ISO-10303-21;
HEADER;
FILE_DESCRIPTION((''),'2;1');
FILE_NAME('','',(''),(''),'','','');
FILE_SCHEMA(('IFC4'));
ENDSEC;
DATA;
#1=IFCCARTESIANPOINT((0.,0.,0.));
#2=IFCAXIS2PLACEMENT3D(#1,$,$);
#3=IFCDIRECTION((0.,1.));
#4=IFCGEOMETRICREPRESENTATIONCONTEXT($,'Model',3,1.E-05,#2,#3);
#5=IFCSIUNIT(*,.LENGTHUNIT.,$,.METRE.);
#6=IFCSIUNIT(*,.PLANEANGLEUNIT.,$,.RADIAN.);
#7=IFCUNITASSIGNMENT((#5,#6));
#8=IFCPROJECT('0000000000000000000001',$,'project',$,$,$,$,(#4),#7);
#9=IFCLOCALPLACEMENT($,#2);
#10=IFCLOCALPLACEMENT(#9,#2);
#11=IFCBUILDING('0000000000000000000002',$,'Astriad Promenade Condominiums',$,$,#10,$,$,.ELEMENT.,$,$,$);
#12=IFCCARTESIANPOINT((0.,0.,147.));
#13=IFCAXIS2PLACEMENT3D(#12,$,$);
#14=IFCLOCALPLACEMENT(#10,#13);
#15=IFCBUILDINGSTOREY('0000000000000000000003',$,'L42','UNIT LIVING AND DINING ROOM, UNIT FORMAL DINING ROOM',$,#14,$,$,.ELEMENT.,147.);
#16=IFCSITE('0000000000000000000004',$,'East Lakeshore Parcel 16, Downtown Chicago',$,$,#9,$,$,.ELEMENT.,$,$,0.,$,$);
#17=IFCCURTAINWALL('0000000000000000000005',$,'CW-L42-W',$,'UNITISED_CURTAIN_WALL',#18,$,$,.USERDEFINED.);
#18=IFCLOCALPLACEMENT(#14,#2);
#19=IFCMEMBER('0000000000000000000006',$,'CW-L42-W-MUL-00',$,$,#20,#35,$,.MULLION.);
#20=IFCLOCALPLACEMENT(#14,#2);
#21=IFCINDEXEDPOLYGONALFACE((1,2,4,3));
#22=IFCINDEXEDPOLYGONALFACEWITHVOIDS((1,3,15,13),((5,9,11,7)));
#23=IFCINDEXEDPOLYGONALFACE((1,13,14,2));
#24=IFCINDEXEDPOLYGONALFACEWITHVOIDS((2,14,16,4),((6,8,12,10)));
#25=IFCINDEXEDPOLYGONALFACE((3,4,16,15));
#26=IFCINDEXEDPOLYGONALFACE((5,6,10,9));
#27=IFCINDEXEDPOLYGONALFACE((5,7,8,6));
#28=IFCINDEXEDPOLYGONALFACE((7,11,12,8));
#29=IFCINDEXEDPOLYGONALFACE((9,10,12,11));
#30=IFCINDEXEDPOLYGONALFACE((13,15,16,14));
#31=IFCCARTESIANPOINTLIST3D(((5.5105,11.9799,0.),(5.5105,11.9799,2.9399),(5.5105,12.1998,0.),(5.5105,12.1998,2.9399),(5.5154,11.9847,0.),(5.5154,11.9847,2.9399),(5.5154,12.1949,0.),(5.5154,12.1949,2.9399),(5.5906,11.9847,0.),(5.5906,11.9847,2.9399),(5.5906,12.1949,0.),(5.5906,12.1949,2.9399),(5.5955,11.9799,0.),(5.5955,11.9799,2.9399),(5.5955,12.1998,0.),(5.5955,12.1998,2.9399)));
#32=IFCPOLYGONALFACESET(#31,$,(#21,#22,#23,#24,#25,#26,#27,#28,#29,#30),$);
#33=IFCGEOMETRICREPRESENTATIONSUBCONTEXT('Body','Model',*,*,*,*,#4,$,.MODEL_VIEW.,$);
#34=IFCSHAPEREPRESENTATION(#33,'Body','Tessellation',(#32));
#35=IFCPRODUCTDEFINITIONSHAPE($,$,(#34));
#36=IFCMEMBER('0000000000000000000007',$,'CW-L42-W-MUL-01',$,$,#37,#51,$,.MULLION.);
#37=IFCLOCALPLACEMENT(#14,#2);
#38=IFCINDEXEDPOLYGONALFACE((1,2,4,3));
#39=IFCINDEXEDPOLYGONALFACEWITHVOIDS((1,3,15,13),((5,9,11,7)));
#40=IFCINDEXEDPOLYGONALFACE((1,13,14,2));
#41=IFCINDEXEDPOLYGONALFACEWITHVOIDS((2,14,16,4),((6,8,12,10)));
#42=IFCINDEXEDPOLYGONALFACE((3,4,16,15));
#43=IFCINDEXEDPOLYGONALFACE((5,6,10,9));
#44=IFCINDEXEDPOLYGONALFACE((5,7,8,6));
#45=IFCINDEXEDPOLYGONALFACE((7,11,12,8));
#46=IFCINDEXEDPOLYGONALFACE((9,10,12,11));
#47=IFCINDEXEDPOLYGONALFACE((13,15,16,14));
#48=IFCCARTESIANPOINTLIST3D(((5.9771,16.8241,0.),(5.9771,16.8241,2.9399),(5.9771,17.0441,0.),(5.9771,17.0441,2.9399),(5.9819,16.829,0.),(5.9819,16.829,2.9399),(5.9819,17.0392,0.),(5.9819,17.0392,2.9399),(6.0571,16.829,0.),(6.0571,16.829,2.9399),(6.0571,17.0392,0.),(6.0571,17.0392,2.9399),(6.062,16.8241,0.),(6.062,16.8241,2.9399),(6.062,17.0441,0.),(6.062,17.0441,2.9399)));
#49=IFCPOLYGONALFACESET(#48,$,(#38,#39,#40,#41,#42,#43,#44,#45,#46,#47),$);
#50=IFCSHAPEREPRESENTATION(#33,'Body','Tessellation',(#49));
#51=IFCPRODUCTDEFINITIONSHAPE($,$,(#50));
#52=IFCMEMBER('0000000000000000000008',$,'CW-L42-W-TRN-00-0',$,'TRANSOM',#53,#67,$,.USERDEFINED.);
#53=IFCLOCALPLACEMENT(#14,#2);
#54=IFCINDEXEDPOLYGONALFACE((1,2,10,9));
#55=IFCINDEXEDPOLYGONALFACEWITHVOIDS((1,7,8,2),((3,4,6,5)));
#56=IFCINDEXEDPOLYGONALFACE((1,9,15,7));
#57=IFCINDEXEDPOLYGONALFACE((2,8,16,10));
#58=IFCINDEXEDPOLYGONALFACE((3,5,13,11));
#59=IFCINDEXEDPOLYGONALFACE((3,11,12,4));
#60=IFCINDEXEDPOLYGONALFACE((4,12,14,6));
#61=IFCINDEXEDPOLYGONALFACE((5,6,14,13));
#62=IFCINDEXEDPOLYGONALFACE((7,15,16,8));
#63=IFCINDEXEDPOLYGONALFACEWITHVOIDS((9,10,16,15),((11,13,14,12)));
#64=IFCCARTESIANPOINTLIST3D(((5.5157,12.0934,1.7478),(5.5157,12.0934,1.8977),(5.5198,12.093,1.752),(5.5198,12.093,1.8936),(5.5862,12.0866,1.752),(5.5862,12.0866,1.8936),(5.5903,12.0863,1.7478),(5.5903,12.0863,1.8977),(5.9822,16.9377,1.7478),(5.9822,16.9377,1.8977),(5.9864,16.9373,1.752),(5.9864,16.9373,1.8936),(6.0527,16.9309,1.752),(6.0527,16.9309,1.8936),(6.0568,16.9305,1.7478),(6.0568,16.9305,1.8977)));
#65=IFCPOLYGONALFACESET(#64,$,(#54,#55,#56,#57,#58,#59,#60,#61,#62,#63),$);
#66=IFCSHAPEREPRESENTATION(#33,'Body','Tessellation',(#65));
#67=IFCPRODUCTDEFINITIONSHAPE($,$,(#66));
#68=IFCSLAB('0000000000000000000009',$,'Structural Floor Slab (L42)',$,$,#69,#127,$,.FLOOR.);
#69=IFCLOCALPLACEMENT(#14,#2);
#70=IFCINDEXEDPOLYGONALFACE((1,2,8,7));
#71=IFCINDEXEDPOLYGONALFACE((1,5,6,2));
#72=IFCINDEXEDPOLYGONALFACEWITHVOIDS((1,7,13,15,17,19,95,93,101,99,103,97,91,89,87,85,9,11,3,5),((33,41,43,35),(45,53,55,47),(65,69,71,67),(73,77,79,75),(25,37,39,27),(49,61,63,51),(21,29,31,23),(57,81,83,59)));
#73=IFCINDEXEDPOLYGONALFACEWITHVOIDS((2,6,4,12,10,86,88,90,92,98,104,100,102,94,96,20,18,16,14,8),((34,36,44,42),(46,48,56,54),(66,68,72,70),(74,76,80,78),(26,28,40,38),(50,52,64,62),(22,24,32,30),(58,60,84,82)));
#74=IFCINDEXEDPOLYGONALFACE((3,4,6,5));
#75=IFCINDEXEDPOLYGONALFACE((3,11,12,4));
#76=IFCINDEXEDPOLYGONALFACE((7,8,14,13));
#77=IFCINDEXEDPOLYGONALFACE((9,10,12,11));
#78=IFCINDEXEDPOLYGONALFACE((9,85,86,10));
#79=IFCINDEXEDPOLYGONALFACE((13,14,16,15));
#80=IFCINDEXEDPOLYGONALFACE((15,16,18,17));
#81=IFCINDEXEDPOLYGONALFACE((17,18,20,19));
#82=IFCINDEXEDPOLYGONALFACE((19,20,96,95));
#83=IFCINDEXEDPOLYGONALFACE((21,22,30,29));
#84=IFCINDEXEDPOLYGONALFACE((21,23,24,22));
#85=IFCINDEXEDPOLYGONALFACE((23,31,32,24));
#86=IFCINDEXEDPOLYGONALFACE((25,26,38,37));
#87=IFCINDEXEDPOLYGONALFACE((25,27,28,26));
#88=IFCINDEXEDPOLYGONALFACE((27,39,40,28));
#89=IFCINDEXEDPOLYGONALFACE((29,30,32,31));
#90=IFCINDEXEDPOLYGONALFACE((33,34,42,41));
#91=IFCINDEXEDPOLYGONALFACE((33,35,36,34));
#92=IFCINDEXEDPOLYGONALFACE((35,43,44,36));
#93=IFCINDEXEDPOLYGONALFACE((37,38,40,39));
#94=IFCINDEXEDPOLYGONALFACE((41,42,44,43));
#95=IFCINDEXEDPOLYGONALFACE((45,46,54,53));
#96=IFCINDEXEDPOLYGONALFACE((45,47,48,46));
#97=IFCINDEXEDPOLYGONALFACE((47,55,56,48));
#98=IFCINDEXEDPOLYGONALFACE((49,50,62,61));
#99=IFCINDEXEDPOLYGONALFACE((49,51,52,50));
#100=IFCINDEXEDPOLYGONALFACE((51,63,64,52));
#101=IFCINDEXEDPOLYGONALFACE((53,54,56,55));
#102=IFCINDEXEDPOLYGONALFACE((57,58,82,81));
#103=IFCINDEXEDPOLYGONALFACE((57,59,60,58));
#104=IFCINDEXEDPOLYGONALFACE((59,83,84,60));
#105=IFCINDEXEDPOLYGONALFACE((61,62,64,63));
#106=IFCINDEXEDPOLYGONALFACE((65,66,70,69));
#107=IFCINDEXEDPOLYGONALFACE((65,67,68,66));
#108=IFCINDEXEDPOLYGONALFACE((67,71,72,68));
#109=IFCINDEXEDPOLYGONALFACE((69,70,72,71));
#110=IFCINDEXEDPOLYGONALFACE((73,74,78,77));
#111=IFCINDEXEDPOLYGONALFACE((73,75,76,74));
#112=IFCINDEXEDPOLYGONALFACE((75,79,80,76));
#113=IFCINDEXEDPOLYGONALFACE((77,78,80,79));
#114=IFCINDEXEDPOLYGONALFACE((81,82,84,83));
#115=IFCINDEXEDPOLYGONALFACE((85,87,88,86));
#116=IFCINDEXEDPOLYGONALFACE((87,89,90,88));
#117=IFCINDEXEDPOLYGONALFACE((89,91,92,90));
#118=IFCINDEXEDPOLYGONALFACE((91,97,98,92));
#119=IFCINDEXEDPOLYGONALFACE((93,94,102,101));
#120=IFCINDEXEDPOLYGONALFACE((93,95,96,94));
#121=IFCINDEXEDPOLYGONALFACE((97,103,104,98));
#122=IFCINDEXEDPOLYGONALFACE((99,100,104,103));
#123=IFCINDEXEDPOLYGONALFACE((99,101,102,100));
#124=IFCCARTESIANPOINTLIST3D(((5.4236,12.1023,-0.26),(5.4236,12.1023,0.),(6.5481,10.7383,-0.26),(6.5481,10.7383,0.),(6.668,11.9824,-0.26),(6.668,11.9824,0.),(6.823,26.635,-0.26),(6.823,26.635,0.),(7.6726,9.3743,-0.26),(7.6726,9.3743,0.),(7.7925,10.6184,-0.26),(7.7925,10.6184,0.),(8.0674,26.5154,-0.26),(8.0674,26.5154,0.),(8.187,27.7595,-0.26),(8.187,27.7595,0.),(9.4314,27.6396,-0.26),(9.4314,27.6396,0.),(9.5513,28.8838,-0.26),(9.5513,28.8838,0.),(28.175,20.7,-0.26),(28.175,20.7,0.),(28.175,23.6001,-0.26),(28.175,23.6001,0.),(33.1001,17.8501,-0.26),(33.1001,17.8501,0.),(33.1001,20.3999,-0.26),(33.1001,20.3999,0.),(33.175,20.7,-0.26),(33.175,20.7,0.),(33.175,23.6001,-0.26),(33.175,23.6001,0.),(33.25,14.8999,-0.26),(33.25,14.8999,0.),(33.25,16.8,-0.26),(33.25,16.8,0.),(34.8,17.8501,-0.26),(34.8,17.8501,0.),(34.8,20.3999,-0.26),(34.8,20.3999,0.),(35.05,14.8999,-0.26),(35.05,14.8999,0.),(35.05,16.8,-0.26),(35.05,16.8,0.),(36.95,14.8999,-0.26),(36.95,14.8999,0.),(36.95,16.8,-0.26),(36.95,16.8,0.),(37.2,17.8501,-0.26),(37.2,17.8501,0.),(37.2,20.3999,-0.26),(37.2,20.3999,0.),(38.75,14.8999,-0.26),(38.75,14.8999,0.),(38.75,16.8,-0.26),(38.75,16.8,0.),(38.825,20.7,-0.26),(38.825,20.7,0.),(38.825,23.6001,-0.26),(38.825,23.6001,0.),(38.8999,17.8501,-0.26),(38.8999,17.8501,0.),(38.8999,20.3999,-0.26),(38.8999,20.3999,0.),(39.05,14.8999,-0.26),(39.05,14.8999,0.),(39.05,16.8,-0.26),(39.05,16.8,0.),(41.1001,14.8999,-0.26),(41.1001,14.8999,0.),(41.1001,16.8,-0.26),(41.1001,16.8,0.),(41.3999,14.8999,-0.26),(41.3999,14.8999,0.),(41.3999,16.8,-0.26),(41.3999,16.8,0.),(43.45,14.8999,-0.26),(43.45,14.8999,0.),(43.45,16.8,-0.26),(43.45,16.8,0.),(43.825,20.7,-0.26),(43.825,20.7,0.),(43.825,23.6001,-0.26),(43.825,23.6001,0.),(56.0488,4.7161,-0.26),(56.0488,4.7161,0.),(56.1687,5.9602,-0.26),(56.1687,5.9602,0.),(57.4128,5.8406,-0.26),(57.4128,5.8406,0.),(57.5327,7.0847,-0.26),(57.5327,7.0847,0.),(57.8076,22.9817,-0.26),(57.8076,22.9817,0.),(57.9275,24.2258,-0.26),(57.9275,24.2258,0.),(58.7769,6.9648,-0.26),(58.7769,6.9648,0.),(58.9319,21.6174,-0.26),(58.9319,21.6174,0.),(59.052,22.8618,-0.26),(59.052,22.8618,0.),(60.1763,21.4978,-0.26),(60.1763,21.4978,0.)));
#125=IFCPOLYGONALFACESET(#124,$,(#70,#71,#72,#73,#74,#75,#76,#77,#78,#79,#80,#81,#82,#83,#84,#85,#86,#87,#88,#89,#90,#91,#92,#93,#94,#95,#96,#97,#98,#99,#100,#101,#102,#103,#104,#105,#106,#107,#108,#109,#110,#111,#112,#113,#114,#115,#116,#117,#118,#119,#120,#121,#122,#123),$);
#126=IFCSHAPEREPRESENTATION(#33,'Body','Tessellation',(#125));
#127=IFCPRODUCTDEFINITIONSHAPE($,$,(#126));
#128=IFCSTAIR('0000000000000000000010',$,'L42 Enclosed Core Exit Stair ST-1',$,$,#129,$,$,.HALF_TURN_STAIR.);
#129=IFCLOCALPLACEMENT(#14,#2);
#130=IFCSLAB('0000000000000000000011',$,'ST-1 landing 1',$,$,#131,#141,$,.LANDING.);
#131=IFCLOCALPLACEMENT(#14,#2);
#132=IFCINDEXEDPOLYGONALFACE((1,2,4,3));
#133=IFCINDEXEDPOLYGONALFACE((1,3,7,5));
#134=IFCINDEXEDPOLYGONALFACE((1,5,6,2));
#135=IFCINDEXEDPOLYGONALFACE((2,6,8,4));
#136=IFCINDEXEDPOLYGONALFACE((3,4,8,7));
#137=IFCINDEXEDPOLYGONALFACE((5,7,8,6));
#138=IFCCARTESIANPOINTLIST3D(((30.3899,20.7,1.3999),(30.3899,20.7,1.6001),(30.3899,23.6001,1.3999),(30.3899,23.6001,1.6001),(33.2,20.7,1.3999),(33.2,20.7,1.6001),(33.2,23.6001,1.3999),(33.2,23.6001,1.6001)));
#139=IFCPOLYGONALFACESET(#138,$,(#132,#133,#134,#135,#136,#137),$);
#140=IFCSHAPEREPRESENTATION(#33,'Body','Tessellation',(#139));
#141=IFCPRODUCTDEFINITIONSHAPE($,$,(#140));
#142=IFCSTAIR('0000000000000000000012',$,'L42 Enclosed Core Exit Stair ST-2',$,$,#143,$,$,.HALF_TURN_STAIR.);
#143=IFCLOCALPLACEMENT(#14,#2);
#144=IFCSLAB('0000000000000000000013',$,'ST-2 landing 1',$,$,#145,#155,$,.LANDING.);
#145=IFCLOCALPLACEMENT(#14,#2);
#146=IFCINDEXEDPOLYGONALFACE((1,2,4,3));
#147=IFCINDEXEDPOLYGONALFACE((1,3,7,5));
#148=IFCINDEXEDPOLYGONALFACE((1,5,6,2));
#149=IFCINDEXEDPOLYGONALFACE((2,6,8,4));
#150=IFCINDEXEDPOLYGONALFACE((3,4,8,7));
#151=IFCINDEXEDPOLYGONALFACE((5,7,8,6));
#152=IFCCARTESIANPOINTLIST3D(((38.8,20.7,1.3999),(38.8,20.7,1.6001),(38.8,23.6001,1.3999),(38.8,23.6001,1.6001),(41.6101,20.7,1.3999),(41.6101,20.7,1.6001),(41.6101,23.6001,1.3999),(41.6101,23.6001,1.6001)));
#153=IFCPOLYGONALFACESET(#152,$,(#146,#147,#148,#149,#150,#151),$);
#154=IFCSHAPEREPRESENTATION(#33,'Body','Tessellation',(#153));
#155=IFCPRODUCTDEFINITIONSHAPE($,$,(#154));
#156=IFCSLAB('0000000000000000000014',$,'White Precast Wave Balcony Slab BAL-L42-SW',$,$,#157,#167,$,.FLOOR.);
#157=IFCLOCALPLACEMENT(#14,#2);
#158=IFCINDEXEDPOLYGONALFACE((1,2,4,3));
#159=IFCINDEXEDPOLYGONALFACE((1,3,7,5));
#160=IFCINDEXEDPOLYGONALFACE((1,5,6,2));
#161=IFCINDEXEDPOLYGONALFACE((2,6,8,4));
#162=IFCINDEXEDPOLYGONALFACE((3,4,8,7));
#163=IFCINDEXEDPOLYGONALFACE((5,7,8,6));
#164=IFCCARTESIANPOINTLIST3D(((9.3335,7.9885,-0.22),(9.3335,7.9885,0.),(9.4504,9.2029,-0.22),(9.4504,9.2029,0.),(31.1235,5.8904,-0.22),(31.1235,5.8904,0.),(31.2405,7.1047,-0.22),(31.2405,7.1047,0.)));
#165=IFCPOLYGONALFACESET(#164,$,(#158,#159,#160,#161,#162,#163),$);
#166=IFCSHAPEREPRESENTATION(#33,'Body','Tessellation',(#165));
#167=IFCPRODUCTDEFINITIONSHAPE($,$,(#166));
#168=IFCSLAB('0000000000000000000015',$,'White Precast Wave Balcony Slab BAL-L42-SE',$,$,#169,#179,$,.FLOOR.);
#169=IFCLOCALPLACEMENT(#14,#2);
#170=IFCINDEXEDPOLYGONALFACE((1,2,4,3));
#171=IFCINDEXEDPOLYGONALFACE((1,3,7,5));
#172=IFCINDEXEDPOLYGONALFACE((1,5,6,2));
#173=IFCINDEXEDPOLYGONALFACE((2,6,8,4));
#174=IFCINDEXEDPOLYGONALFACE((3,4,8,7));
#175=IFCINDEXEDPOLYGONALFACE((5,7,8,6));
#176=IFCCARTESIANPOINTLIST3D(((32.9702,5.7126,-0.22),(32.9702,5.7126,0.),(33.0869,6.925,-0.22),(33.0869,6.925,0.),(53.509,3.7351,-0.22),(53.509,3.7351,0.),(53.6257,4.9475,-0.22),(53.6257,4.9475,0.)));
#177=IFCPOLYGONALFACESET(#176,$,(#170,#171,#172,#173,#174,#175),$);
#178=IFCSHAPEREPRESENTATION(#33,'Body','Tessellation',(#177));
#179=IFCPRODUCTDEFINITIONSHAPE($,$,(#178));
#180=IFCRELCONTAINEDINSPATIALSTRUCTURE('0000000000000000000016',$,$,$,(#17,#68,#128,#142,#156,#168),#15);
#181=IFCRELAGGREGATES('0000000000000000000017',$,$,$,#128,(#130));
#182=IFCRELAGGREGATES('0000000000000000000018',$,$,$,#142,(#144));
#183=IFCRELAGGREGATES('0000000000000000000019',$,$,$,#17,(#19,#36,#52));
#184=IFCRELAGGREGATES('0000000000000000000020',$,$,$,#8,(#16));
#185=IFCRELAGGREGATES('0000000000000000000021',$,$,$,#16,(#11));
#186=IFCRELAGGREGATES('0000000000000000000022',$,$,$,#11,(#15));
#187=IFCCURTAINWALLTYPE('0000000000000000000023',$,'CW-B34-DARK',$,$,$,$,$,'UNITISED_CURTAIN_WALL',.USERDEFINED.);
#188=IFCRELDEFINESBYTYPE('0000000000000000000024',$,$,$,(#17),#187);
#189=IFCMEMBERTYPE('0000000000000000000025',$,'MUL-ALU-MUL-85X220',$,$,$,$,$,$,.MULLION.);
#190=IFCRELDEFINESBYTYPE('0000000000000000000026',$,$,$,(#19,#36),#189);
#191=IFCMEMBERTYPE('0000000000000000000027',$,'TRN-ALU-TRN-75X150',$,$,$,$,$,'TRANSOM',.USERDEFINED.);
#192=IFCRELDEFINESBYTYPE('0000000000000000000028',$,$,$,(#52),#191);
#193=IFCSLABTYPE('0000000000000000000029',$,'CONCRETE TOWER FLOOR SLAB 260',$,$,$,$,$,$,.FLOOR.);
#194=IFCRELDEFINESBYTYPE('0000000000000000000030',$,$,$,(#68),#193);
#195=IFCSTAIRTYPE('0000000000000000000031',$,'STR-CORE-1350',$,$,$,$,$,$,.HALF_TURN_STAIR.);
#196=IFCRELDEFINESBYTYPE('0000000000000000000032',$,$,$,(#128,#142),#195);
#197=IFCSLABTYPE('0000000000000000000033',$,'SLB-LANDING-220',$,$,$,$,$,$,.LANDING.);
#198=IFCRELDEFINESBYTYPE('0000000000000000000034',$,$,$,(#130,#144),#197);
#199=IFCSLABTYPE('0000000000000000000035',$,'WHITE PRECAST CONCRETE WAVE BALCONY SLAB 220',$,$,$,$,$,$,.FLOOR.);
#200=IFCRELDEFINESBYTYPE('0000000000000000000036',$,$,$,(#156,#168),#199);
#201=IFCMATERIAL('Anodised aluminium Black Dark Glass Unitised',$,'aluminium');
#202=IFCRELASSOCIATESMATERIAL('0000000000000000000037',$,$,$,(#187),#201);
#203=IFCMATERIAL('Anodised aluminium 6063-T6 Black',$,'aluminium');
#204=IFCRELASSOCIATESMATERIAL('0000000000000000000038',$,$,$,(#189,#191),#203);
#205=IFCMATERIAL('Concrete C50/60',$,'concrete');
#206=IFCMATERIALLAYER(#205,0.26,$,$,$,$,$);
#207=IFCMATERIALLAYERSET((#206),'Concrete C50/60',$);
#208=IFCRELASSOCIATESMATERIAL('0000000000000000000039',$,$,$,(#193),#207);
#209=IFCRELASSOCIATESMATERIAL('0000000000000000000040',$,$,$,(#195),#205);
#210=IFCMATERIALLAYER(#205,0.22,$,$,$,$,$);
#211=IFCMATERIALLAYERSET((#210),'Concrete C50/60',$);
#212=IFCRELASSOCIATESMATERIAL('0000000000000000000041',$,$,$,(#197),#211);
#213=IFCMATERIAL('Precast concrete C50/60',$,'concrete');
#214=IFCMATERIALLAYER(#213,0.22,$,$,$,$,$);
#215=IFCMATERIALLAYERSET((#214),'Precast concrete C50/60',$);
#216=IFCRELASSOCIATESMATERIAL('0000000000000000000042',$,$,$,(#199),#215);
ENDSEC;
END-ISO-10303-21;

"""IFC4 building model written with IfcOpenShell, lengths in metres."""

from ifc_helpers import new_model, si_unit, direction, frame, origin, origin_2d, place, context, subcontext, project, spatial, polyline, hollow_rectangle, outline, extrude, source, transform, mapped, material, layer, layer_set, material_profile, profile_set, type_object, type_shapes, element, aggregate, save


model = new_model("IFC4")

# Units and contexts
model_context = context("Model", 3, precision=1e-05, world=origin(), true_north=direction((0.0, 1.0)))
body_context = subcontext(model_context, "Body", "Model", "MODEL_VIEW")
ifc_project = project(units=[si_unit("LENGTHUNIT", "METRE"), si_unit("PLANEANGLEUNIT", "RADIAN")], contexts=[model_context])

# Site, building, storey
site_placement = place(None, origin())
site = spatial("IfcSite", under=ifc_project, at=site_placement, Name="East Lakeshore Parcel 16, Downtown Chicago", CompositionType="ELEMENT", RefElevation=0.0)
building_placement = place(site_placement, origin())
building = spatial("IfcBuilding", under=site, at=building_placement, Name="Astriad Promenade Condominiums", CompositionType="ELEMENT")
storey_placement = place(building_placement, frame((0.0, 0.0, 147.0)))
storey = spatial("IfcBuildingStorey", under=building, at=storey_placement, Name="L42", Description="UNIT LIVING AND DINING ROOM, UNIT FORMAL DINING ROOM", CompositionType="ELEMENT", Elevation=147.0)

# Curtain wall, members
ifc_material_1 = material(Name="Anodised aluminium Black Dark Glass Unitised", Category="aluminium")
curtain_wall_type = type_object("IfcCurtainWallType", Name="CW-B34-DARK", ElementType="UNITISED_CURTAIN_WALL", PredefinedType="USERDEFINED", material=ifc_material_1)
curtain_wall_placement = place(storey_placement, origin())
curtain_wall = element("IfcCurtainWall", 1, at=curtain_wall_placement, inside=storey, type_object=curtain_wall_type, Name="CW-L42-W", ObjectType="UNITISED_CURTAIN_WALL", PredefinedType="USERDEFINED")
ifc_material_2 = material(Name="Anodised aluminium 6063-T6 Black", Category="aluminium")
ifc_material_profile_1 = material_profile(ifc_material_2, hollow_rectangle(XDim=0.085, YDim=0.22, WallThickness=0.0049, at=origin_2d()), Name="ALU-MUL-85X220")
ifc_profile_set_1 = profile_set([ifc_material_profile_1], Name="Anodised aluminium 6063-T6 Black")
member_type_1 = type_object("IfcMemberType", Name="MUL-ALU-MUL-85X220", PredefinedType="MULLION", material=ifc_profile_set_1)
shared_shape_1 = source(origin(), body_context, "Body", "SweptSolid", [
    extrude(hollow_rectangle(XDim=0.085, YDim=0.22, WallThickness=0.0049, at=origin_2d()), origin(), (0.0, 0.0, 1.0), 2.9399),
])
type_shapes(member_type_1, [shared_shape_1])
member_1_placement = place(storey_placement, frame((5.553, 12.0898, 0.0), z_axis=(0.0, 0.0, 1.0), x_axis=(1.0, 0.0, 0.0)))
member_1 = element("IfcMember", 2, at=member_1_placement, type_object=member_type_1, Name="CW-L42-W-MUL-00", PredefinedType="MULLION", context=body_context, shape_type="MappedRepresentation", body=[
    mapped(shared_shape_1, transform((0.0, 0.0, 0.0), scale=1.0)),
])
member_2_placement = place(storey_placement, frame((6.0195, 16.9341, 0.0), z_axis=(0.0, 0.0, 1.0), x_axis=(1.0, 0.0, 0.0)))
member_2 = element("IfcMember", 3, at=member_2_placement, type_object=member_type_1, Name="CW-L42-W-MUL-01", PredefinedType="MULLION", context=body_context, shape_type="MappedRepresentation", body=[
    mapped(shared_shape_1, transform((0.0, 0.0, 0.0), scale=1.0)),
])
ifc_material_profile_2 = material_profile(ifc_material_2, hollow_rectangle(XDim=0.075, YDim=0.1499, WallThickness=0.0042, at=origin_2d()), Name="ALU-TRN-75X150")
ifc_profile_set_2 = profile_set([ifc_material_profile_2], Name="Anodised aluminium 6063-T6 Black")
member_type_2 = type_object("IfcMemberType", Name="TRN-ALU-TRN-75X150", ElementType="TRANSOM", PredefinedType="USERDEFINED", material=ifc_profile_set_2)
shared_shape_2 = source(origin(), body_context, "Body", "SweptSolid", [
    extrude(hollow_rectangle(XDim=0.075, YDim=0.1499, WallThickness=0.0042, at=origin_2d()), origin(), (0.0, 0.0, 1.0), 4.8667),
])
type_shapes(member_type_2, [shared_shape_2])
member_3_placement = place(storey_placement, frame((5.553, 12.0898, 1.8228), z_axis=(0.095867, 0.995394, 0.0), x_axis=(-0.995394, 0.095867, 0.0)))
member_3 = element("IfcMember", 4, at=member_3_placement, type_object=member_type_2, Name="CW-L42-W-TRN-00-0", ObjectType="TRANSOM", PredefinedType="USERDEFINED", context=body_context, shape_type="MappedRepresentation", body=[
    mapped(shared_shape_2, transform((0.0, 0.0, 0.0), scale=1.0)),
])

# Slab
ifc_material_3 = material(Name="Concrete C50/60", Category="concrete")
ifc_layer_1 = layer(ifc_material_3, 0.26)
ifc_layer_set_1 = layer_set([ifc_layer_1], Name="Concrete C50/60")
slab_type_1 = type_object("IfcSlabType", Name="CONCRETE TOWER FLOOR SLAB 260", PredefinedType="FLOOR", material=ifc_layer_set_1)
slab_1_placement = place(storey_placement, frame((0.0, 0.0, -0.26)))
element("IfcSlab", 5, at=slab_1_placement, inside=storey, type_object=slab_type_1, Name="Structural Floor Slab (L42)", PredefinedType="FLOOR", context=body_context, shape_type="SweptSolid", body=[
    extrude(outline(polyline([(7.6726, 9.3743), (56.0488, 4.7161), (56.1687, 5.9602), (57.4128, 5.8406), (57.5327, 7.0847), (58.7769, 6.9648), (60.1763, 21.4978), (58.9319, 21.6174), (59.052, 22.8618), (57.8076, 22.9817), (57.9275, 24.2258), (9.5513, 28.8838), (9.4314, 27.6396), (8.187, 27.7595), (8.0674, 26.5154), (6.823, 26.635), (5.4236, 12.1023), (6.668, 11.9824), (6.5481, 10.7383), (7.7925, 10.6184), (7.6726, 9.3743)]), holes=[polyline([(28.175, 20.7), (33.175, 20.7), (33.175, 23.6001), (28.175, 23.6001), (28.175, 20.7)]), polyline([(38.825, 20.7), (43.825, 20.7), (43.825, 23.6001), (38.825, 23.6001), (38.825, 20.7)]), polyline([(33.1001, 17.8501), (34.8, 17.8501), (34.8, 20.3999), (33.1001, 20.3999), (33.1001, 17.8501)]), polyline([(37.2, 17.8501), (38.8999, 17.8501), (38.8999, 20.3999), (37.2, 20.3999), (37.2, 17.8501)]), polyline([(33.25, 14.8999), (35.05, 14.8999), (35.05, 16.8), (33.25, 16.8), (33.25, 14.8999)]), polyline([(36.95, 14.8999), (38.75, 14.8999), (38.75, 16.8), (36.95, 16.8), (36.95, 14.8999)]), polyline([(39.05, 14.8999), (41.1001, 14.8999), (41.1001, 16.8), (39.05, 16.8), (39.05, 14.8999)]), polyline([(41.3999, 14.8999), (43.45, 14.8999), (43.45, 16.8), (41.3999, 16.8), (41.3999, 14.8999)])]), origin(), (0.0, 0.0, 1.0), 0.26),
])

# Stairs, slabs
stair_type = type_object("IfcStairType", Name="STR-CORE-1350", PredefinedType="HALF_TURN_STAIR", material=ifc_material_3)
stair_1_placement = place(storey_placement, origin())
stair_1 = element("IfcStair", 6, at=stair_1_placement, inside=storey, type_object=stair_type, Name="L42 Enclosed Core Exit Stair ST-1", PredefinedType="HALF_TURN_STAIR")
ifc_layer_2 = layer(ifc_material_3, 0.22)
ifc_layer_set_2 = layer_set([ifc_layer_2], Name="Concrete C50/60")
slab_type_2 = type_object("IfcSlabType", Name="SLB-LANDING-220", PredefinedType="LANDING", material=ifc_layer_set_2)
slab_2_placement = place(storey_placement, frame((0.0, 0.0, 1.3999)))
slab_2 = element("IfcSlab", 7, at=slab_2_placement, type_object=slab_type_2, Name="ST-1 landing 1", PredefinedType="LANDING", context=body_context, shape_type="SweptSolid", body=[
    extrude(outline(polyline([(30.3899, 20.7), (33.2, 20.7), (33.2, 23.6001), (30.3899, 23.6001), (30.3899, 20.7)])), origin(), (0.0, 0.0, 1.0), 0.2002),
])
aggregate(stair_1, [slab_2])
stair_2_placement = place(storey_placement, origin())
stair_2 = element("IfcStair", 8, at=stair_2_placement, inside=storey, type_object=stair_type, Name="L42 Enclosed Core Exit Stair ST-2", PredefinedType="HALF_TURN_STAIR")
slab_3_placement = place(storey_placement, frame((0.0, 0.0, 1.3999)))
slab_3 = element("IfcSlab", 9, at=slab_3_placement, type_object=slab_type_2, Name="ST-2 landing 1", PredefinedType="LANDING", context=body_context, shape_type="SweptSolid", body=[
    extrude(outline(polyline([(41.6101, 23.6001), (38.8, 23.6001), (38.8, 20.7), (41.6101, 20.7), (41.6101, 23.6001)])), origin(), (0.0, 0.0, 1.0), 0.2002),
])
aggregate(stair_2, [slab_3])

# Slabs
ifc_material_4 = material(Name="Precast concrete C50/60", Category="concrete")
ifc_layer_3 = layer(ifc_material_4, 0.22)
ifc_layer_set_3 = layer_set([ifc_layer_3], Name="Precast concrete C50/60")
slab_type_3 = type_object("IfcSlabType", Name="WHITE PRECAST CONCRETE WAVE BALCONY SLAB 220", PredefinedType="FLOOR", material=ifc_layer_set_3)
slab_4_placement = place(storey_placement, frame((0.0, 0.0, -0.22)))
element("IfcSlab", 10, at=slab_4_placement, inside=storey, type_object=slab_type_3, Name="White Precast Wave Balcony Slab BAL-L42-SW", PredefinedType="FLOOR", context=body_context, shape_type="SweptSolid", body=[
    extrude(outline(polyline([(9.3335, 7.9885), (31.1235, 5.8904), (31.2405, 7.1047), (9.4504, 9.2029), (9.3335, 7.9885)])), origin(), (0.0, 0.0, 1.0), 0.22),
])
slab_5_placement = place(storey_placement, frame((0.0, 0.0, -0.22)))
element("IfcSlab", 11, at=slab_5_placement, inside=storey, type_object=slab_type_3, Name="White Precast Wave Balcony Slab BAL-L42-SE", PredefinedType="FLOOR", context=body_context, shape_type="SweptSolid", body=[
    extrude(outline(polyline([(53.509, 3.7351), (32.9702, 5.7126), (33.0869, 6.925), (53.6257, 4.9475), (53.509, 3.7351)])), origin(), (0.0, 0.0, 1.0), 0.22),
])

aggregate(curtain_wall, [member_1, member_2, member_3])

save(model, "model.ifc")
